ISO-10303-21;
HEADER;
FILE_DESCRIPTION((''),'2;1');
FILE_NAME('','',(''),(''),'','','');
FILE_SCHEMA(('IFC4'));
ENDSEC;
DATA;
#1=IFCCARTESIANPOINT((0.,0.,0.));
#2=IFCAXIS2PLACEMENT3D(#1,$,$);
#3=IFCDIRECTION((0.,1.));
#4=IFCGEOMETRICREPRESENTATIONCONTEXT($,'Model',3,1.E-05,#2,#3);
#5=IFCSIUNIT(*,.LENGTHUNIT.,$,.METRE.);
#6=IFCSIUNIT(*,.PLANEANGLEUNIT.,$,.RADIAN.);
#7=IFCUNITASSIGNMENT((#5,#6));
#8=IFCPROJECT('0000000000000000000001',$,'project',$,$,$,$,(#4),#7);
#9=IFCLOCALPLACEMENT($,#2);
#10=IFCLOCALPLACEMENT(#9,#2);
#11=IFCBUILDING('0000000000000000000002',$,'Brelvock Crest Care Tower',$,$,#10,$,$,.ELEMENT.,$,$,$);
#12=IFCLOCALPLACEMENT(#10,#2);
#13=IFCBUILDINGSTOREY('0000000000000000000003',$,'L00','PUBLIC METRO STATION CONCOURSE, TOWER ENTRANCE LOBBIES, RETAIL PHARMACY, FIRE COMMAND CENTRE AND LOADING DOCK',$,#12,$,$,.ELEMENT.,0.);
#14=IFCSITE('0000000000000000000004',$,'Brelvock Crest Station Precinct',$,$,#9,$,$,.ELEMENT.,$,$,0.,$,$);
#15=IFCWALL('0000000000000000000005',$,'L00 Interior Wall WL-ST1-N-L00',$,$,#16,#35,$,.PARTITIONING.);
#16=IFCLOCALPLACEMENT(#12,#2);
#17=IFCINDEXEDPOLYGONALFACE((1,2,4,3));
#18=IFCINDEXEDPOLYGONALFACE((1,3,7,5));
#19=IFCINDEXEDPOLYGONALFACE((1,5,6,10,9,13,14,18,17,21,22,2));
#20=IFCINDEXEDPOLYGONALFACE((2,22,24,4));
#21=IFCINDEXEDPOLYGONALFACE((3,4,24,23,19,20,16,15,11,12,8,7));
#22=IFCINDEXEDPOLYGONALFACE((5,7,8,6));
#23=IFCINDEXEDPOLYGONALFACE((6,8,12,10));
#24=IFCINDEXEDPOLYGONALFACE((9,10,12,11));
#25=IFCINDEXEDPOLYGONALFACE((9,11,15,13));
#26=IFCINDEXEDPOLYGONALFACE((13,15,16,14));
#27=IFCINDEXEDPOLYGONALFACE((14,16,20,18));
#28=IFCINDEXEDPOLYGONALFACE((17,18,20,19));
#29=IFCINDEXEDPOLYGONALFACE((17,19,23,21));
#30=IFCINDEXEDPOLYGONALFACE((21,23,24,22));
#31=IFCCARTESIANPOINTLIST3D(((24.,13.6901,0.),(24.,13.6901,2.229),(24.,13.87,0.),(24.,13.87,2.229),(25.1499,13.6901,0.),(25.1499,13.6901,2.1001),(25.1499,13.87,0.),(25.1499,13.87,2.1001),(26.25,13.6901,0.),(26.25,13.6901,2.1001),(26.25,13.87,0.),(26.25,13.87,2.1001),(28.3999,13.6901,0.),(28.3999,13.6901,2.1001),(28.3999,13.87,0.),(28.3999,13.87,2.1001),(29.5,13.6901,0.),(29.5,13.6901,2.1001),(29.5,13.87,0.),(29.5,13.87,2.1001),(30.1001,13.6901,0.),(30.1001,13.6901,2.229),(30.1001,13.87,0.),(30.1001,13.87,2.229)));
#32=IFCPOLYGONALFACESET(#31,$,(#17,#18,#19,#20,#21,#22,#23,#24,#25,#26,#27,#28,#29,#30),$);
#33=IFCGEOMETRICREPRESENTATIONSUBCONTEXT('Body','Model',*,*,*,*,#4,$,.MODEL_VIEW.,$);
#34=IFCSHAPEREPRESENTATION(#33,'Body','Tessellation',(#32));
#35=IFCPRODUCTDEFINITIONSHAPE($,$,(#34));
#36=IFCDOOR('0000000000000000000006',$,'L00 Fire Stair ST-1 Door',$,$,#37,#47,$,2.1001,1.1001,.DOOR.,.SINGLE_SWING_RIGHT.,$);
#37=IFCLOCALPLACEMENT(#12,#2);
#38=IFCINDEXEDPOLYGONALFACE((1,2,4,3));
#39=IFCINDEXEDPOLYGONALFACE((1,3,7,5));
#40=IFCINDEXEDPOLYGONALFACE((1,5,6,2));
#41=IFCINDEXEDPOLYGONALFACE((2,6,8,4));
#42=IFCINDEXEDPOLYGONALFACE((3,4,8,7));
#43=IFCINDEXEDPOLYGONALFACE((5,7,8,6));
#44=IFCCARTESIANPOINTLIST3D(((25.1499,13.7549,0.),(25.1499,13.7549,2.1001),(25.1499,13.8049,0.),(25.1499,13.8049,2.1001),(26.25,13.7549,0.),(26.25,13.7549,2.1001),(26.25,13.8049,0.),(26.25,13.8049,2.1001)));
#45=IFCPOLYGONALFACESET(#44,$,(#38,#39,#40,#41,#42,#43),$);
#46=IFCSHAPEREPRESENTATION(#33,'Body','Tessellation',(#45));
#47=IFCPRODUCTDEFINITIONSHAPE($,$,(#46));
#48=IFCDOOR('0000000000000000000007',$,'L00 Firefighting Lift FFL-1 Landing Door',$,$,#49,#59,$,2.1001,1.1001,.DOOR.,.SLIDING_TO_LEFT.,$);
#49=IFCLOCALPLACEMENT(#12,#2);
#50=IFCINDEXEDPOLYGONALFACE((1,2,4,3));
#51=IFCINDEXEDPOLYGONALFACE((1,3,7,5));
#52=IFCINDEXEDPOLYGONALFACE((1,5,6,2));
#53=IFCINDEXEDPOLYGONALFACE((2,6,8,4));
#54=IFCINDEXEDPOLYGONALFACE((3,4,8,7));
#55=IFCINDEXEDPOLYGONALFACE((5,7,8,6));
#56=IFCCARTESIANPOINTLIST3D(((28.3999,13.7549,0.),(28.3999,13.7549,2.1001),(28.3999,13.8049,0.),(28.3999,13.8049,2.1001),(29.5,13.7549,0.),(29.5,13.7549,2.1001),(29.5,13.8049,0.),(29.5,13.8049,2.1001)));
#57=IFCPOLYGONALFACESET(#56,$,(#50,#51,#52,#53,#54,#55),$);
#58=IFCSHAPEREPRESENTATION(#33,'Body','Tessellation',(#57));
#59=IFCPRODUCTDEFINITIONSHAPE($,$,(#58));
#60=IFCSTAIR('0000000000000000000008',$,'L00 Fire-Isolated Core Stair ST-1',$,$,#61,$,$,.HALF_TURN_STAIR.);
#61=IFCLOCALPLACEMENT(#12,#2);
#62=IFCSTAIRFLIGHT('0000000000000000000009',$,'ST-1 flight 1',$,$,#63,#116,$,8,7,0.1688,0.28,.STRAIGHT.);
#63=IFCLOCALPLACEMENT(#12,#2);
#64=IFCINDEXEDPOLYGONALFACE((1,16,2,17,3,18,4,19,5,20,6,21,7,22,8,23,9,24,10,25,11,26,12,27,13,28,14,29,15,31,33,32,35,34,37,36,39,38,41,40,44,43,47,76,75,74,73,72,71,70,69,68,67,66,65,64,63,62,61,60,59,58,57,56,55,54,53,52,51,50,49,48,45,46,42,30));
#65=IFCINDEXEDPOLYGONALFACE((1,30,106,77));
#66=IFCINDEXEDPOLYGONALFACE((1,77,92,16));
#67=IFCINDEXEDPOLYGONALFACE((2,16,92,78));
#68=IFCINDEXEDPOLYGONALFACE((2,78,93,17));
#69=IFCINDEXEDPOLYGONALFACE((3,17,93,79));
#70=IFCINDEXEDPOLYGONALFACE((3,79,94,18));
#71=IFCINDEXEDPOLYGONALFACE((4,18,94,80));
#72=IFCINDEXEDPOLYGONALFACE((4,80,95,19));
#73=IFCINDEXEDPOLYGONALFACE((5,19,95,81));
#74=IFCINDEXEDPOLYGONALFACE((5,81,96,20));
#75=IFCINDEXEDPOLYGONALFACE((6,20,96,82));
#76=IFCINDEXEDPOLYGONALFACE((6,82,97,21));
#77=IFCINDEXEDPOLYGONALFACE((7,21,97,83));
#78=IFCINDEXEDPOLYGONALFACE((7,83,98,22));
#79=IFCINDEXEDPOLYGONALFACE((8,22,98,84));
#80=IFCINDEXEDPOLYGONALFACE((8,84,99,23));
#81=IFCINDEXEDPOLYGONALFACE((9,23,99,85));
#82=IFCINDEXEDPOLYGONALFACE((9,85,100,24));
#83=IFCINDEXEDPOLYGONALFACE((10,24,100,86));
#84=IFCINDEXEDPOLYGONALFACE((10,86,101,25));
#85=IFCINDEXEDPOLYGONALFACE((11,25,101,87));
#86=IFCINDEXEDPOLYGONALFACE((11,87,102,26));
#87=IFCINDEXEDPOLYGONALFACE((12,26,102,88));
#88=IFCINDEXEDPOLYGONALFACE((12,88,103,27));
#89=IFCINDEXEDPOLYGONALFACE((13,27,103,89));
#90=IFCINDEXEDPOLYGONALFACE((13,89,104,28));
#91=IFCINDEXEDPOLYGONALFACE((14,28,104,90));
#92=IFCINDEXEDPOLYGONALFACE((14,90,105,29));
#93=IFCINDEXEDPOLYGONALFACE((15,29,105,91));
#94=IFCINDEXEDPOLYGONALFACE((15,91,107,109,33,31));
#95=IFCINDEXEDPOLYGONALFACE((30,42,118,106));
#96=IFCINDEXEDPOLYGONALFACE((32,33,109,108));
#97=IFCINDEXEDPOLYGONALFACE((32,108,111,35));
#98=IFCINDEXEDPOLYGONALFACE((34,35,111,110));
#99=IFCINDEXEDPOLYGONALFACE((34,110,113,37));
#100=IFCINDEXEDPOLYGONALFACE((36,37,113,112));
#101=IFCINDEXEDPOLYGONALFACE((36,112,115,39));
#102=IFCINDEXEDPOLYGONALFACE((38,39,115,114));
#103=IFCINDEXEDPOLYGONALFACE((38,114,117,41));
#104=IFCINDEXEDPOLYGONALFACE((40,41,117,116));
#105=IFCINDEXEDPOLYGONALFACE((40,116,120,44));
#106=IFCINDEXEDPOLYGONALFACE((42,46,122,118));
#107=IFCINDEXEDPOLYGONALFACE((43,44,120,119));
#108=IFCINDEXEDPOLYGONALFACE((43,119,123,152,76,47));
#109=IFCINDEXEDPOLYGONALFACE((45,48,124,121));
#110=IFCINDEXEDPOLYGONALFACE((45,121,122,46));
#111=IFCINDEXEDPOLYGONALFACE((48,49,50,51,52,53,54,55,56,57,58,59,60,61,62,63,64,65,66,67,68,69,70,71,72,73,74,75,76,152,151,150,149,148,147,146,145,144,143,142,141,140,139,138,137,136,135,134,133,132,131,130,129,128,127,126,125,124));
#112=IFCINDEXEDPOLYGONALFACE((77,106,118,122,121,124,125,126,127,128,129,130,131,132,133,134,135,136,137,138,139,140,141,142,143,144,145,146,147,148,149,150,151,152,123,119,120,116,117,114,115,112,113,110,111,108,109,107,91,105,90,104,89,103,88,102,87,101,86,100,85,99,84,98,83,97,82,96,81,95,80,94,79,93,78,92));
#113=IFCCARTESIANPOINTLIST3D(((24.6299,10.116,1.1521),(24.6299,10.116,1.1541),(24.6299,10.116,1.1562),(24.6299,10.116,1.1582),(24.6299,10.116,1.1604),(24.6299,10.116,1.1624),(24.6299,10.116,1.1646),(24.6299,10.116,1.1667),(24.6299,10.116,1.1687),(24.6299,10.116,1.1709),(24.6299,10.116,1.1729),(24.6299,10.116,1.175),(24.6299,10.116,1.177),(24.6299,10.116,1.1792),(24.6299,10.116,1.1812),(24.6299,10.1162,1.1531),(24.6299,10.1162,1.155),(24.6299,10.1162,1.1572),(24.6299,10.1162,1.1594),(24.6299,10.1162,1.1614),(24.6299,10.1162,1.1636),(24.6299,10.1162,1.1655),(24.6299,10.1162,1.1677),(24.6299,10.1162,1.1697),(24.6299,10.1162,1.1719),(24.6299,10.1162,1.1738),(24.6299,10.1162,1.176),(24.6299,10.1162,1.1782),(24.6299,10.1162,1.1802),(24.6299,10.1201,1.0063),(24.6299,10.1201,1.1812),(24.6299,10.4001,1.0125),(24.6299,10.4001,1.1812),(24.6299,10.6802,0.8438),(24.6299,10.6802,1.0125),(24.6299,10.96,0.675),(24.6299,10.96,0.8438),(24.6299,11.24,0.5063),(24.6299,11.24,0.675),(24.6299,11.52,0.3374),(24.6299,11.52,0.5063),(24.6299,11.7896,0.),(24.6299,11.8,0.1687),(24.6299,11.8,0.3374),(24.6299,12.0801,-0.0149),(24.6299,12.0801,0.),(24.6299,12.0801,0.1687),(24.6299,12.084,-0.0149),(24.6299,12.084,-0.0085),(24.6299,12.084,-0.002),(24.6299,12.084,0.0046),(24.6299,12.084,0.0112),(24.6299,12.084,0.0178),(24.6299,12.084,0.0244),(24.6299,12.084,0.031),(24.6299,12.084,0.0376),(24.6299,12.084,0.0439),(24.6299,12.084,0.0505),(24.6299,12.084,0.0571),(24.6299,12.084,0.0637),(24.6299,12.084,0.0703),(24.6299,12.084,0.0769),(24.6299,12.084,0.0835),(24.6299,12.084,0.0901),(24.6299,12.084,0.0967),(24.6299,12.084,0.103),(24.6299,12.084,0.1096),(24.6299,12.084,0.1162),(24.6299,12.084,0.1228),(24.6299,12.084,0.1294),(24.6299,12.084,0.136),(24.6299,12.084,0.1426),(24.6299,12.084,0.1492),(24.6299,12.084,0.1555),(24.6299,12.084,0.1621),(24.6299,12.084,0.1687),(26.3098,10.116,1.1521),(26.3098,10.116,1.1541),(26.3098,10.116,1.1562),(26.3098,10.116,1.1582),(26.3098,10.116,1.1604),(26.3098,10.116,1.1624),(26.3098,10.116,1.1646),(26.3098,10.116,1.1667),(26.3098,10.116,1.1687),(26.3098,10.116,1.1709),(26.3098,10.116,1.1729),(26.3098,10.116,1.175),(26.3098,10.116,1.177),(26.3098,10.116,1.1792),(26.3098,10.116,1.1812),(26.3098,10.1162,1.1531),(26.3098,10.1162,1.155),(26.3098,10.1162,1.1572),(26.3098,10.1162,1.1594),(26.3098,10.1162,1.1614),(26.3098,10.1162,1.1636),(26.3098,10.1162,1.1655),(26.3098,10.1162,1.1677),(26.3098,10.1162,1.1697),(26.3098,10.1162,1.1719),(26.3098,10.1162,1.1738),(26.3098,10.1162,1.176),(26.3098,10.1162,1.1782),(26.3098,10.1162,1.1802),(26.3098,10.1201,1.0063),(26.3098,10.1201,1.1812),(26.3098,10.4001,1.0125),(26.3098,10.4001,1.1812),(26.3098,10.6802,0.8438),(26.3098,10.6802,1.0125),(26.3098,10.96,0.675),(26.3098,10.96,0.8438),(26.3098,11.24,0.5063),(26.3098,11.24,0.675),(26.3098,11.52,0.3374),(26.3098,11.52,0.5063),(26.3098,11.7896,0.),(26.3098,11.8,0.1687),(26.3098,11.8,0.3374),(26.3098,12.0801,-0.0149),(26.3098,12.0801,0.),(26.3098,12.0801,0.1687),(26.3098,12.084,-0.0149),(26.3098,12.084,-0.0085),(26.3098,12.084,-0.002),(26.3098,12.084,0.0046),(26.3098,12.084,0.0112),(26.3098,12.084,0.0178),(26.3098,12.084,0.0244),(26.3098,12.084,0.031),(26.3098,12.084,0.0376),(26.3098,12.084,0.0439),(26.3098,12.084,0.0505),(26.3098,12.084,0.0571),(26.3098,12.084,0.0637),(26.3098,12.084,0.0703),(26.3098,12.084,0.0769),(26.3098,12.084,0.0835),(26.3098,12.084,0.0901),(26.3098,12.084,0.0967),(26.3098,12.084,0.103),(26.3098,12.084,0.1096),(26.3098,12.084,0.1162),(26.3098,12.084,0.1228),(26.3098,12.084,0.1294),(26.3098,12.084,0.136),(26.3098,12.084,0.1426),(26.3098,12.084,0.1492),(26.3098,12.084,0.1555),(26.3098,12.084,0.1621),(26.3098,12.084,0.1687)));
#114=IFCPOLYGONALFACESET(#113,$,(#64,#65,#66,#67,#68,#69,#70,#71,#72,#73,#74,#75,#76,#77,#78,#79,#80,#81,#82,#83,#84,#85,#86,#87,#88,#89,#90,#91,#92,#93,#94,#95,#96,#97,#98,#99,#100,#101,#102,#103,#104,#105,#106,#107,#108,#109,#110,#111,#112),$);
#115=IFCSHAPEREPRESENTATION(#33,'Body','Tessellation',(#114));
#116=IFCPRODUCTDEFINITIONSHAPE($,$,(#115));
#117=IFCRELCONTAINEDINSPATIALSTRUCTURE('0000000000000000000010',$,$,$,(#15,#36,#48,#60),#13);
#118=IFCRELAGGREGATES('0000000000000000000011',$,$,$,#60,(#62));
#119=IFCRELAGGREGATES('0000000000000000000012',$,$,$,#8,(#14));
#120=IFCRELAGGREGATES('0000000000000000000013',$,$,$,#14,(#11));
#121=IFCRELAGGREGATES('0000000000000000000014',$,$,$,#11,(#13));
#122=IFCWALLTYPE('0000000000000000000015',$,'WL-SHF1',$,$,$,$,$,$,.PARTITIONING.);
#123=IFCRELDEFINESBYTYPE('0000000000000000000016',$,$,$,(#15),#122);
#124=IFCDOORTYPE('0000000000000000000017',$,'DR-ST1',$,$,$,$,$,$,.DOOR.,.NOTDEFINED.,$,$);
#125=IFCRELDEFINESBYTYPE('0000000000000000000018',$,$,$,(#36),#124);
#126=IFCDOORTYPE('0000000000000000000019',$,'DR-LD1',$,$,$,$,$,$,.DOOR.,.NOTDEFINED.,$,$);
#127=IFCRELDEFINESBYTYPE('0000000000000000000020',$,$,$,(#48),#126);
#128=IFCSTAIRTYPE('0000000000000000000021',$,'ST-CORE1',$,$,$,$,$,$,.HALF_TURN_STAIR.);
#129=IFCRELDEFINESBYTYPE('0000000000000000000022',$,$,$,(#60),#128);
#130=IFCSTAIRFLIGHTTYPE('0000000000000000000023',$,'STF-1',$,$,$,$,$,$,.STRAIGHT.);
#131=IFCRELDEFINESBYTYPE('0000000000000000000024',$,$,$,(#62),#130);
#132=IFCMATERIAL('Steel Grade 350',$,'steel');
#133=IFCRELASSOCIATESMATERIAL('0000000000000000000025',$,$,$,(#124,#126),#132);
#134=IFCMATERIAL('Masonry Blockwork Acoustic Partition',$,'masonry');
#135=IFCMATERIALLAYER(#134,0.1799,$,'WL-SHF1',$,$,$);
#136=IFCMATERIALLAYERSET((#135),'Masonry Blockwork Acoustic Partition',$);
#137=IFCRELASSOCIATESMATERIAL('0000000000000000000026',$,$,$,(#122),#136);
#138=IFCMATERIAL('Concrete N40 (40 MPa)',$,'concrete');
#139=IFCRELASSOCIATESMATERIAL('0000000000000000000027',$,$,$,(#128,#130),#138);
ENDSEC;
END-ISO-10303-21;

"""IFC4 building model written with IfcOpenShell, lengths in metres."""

from ifc_helpers import new_model, si_unit, direction, frame, frame_2d, origin, origin_2d, place, context, subcontext, project, spatial, polyline, rectangle, outline, extrude, source, transform, mapped, material, layer, layer_set, type_object, element, fill, aggregate, save


model = new_model("IFC4")

# Units and contexts
model_context = context("Model", 3, precision=1e-05, world=origin(), true_north=direction((0.0, 1.0)))
body_context = subcontext(model_context, "Body", "Model", "MODEL_VIEW")
ifc_project = project(units=[si_unit("LENGTHUNIT", "METRE"), si_unit("PLANEANGLEUNIT", "RADIAN")], contexts=[model_context])

# Site, building, storey
site_placement = place(None, origin())
site = spatial("IfcSite", under=ifc_project, at=site_placement, Name="Brelvock Crest Station Precinct", CompositionType="ELEMENT", RefElevation=0.0)
building_placement = place(site_placement, origin())
building = spatial("IfcBuilding", under=site, at=building_placement, Name="Brelvock Crest Care Tower", CompositionType="ELEMENT")
storey_placement = place(building_placement, origin())
storey = spatial("IfcBuildingStorey", under=building, at=storey_placement, Name="L00", Description="PUBLIC METRO STATION CONCOURSE, TOWER ENTRANCE LOBBIES, RETAIL PHARMACY, FIRE COMMAND CENTRE AND LOADING DOCK", CompositionType="ELEMENT", Elevation=0.0)

# Shared definitions
ifc_material_1 = material(Name="Steel Grade 350", Category="steel")

# Shared definitions
ifc_material_2 = material(Name="Masonry Blockwork Acoustic Partition", Category="masonry")

# Shared definitions
door_type_1 = type_object("IfcDoorType", Name="DR-ST1", OperationType="NOTDEFINED", PredefinedType="DOOR", material=ifc_material_1)
shared_shape_1 = source(origin(), body_context, "Body", "SweptSolid", [
    extrude(rectangle(XDim=1.1001, YDim=2.1001, at=origin_2d()), frame((0.55, 0.0249, 1.05), z_axis=(0.0, -1.0, 0.0), x_axis=(1.0, 0.0, 0.0)), (0.0, 0.0, 1.0), 0.05),
])

# Wall, openings, doors
ifc_layer_1 = layer(ifc_material_2, 0.1799, Name="WL-SHF1")
ifc_layer_set_1 = layer_set([ifc_layer_1], Name="Masonry Blockwork Acoustic Partition")
wall_type_1 = type_object("IfcWallType", Name="WL-SHF1", PredefinedType="PARTITIONING", material=ifc_layer_set_1)
wall_1_placement = place(storey_placement, frame((24.0, 13.78, 0.0), z_axis=(0.0, 0.0, 1.0), x_axis=(1.0, 0.0, 0.0)))
wall_1 = element("IfcWall", 1, at=wall_1_placement, inside=storey, type_object=wall_type_1, Name="L00 Interior Wall WL-ST1-N-L00", PredefinedType="PARTITIONING", context=body_context, shape_type="SweptSolid", body=[
    extrude(rectangle(XDim=6.1001, YDim=0.1799, at=frame_2d((3.05, 0.0))), origin(), (0.0, 0.0, 1.0), 2.229),
])
opening_1_placement = place(wall_1_placement, frame((1.1499, 0.0, 0.0)))
opening_1 = element("IfcOpeningElement", 2, at=opening_1_placement, cuts=wall_1, PredefinedType="OPENING", context=body_context, shape_type="SweptSolid", body=[
    extrude(rectangle(XDim=1.1001, YDim=2.1001, at=origin_2d()), frame((0.55, 0.1001, 1.05), z_axis=(0.0, -1.0, 0.0), x_axis=(1.0, 0.0, 0.0)), (0.0, 0.0, 1.0), 0.2),
])
opening_2_placement = place(wall_1_placement, frame((4.3999, 0.0, 0.0)))
opening_2 = element("IfcOpeningElement", 3, at=opening_2_placement, cuts=wall_1, PredefinedType="OPENING", context=body_context, shape_type="SweptSolid", body=[
    extrude(rectangle(XDim=1.1001, YDim=2.1001, at=origin_2d()), frame((0.55, 0.1001, 1.05), z_axis=(0.0, -1.0, 0.0), x_axis=(1.0, 0.0, 0.0)), (0.0, 0.0, 1.0), 0.2),
])
door_1_placement = place(opening_1_placement, origin())
door_1 = element("IfcDoor", 4, at=door_1_placement, inside=storey, type_object=door_type_1, Name="L00 Fire Stair ST-1 Door", OperationType="SINGLE_SWING_RIGHT", OverallHeight=2.1001, OverallWidth=1.1001, PredefinedType="DOOR", context=body_context, shape_type="MappedRepresentation", body=[
    mapped(shared_shape_1, transform((0.0, 0.0, 0.0), x_axis=(1.0, 0.0, 0.0), y_axis=(0.0, 1.0, 0.0), z_axis=(0.0, 0.0, 1.0), scale=1.0)),
])
fill(opening_1, door_1)
door_type_2 = type_object("IfcDoorType", Name="DR-LD1", OperationType="NOTDEFINED", PredefinedType="DOOR", material=ifc_material_1)
shared_shape_2 = source(origin(), body_context, "Body", "SweptSolid", [
    extrude(rectangle(XDim=1.1001, YDim=2.1001, at=origin_2d()), frame((0.55, 0.0249, 1.05), z_axis=(0.0, -1.0, 0.0), x_axis=(1.0, 0.0, 0.0)), (0.0, 0.0, 1.0), 0.05),
])
door_2_placement = place(opening_2_placement, origin())
door_2 = element("IfcDoor", 5, at=door_2_placement, inside=storey, type_object=door_type_2, Name="L00 Firefighting Lift FFL-1 Landing Door", OperationType="SLIDING_TO_LEFT", OverallHeight=2.1001, OverallWidth=1.1001, PredefinedType="DOOR", context=body_context, shape_type="MappedRepresentation", body=[
    mapped(shared_shape_2, transform((0.0, 0.0, 0.0), x_axis=(1.0, 0.0, 0.0), y_axis=(0.0, 1.0, 0.0), z_axis=(0.0, 0.0, 1.0), scale=1.0)),
])
fill(opening_2, door_2)

# Stair, stair flight
ifc_material_3 = material(Name="Concrete N40 (40 MPa)", Category="concrete")
stair_type = type_object("IfcStairType", Name="ST-CORE1", PredefinedType="HALF_TURN_STAIR", material=ifc_material_3)
stair_placement = place(storey_placement, origin())
stair = element("IfcStair", 6, at=stair_placement, inside=storey, type_object=stair_type, Name="L00 Fire-Isolated Core Stair ST-1", PredefinedType="HALF_TURN_STAIR")
stair_flight_type = type_object("IfcStairFlightType", Name="STF-1", PredefinedType="STRAIGHT", material=ifc_material_3)
stair_flight_1_placement = place(storey_placement, frame((25.47, 12.0801, 0.0), z_axis=(0.0, 0.0, 1.0), x_axis=(0.0, -1.0, 0.0)))
stair_flight_1 = element("IfcStairFlight", 7, at=stair_flight_1_placement, type_object=stair_flight_type, Name="ST-1 flight 1", NumberOfRisers=8, NumberOfTreads=7, PredefinedType="STRAIGHT", RiserHeight=0.1688, TreadLength=0.28, context=body_context, shape_type="SweptSolid", body=[
    extrude(outline(polyline([(-0.0039, -0.0149), (-0.0039, -0.0085), (-0.0039, -0.002), (-0.0039, 0.0046), (-0.0039, 0.0112), (-0.0039, 0.0178), (-0.0039, 0.0244), (-0.0039, 0.031), (-0.0039, 0.0376), (-0.0039, 0.0439), (-0.0039, 0.0505), (-0.0039, 0.0571), (-0.0039, 0.0637), (-0.0039, 0.0703), (-0.0039, 0.0769), (-0.0039, 0.0835), (-0.0039, 0.0901), (-0.0039, 0.0967), (-0.0039, 0.103), (-0.0039, 0.1096), (-0.0039, 0.1162), (-0.0039, 0.1228), (-0.0039, 0.1294), (-0.0039, 0.136), (-0.0039, 0.1426), (-0.0039, 0.1492), (-0.0039, 0.1555), (-0.0039, 0.1621), (-0.0039, 0.1687), (0.0, 0.1687), (0.28, 0.1687), (0.28, 0.3374), (0.5601, 0.3374), (0.5601, 0.5063), (0.8401, 0.5063), (0.8401, 0.675), (1.1201, 0.675), (1.1201, 0.8438), (1.3999, 0.8438), (1.3999, 1.0125), (1.6799, 1.0125), (1.6799, 1.1812), (1.96, 1.1812), (1.9641, 1.1812), (1.9639, 1.1802), (1.9641, 1.1792), (1.9639, 1.1782), (1.9641, 1.177), (1.9639, 1.176), (1.9641, 1.175), (1.9639, 1.1738), (1.9641, 1.1729), (1.9639, 1.1719), (1.9641, 1.1709), (1.9639, 1.1697), (1.9641, 1.1687), (1.9639, 1.1677), (1.9641, 1.1667), (1.9639, 1.1655), (1.9641, 1.1646), (1.9639, 1.1636), (1.9641, 1.1624), (1.9639, 1.1614), (1.9641, 1.1604), (1.9639, 1.1594), (1.9641, 1.1582), (1.9639, 1.1572), (1.9641, 1.1562), (1.9639, 1.155), (1.9641, 1.1541), (1.9639, 1.1531), (1.9641, 1.1521), (1.96, 1.0063), (0.2905, 0.0), (0.0, 0.0), (0.0, -0.0149), (-0.0039, -0.0149)])), frame((0.0, 0.8398, 0.0), z_axis=(0.0, -1.0, 0.0), x_axis=(1.0, 0.0, 0.0)), (0.0, 0.0, 1.0), 1.6799),
])
aggregate(stair, [stair_flight_1])

save(model, "model.ifc")
